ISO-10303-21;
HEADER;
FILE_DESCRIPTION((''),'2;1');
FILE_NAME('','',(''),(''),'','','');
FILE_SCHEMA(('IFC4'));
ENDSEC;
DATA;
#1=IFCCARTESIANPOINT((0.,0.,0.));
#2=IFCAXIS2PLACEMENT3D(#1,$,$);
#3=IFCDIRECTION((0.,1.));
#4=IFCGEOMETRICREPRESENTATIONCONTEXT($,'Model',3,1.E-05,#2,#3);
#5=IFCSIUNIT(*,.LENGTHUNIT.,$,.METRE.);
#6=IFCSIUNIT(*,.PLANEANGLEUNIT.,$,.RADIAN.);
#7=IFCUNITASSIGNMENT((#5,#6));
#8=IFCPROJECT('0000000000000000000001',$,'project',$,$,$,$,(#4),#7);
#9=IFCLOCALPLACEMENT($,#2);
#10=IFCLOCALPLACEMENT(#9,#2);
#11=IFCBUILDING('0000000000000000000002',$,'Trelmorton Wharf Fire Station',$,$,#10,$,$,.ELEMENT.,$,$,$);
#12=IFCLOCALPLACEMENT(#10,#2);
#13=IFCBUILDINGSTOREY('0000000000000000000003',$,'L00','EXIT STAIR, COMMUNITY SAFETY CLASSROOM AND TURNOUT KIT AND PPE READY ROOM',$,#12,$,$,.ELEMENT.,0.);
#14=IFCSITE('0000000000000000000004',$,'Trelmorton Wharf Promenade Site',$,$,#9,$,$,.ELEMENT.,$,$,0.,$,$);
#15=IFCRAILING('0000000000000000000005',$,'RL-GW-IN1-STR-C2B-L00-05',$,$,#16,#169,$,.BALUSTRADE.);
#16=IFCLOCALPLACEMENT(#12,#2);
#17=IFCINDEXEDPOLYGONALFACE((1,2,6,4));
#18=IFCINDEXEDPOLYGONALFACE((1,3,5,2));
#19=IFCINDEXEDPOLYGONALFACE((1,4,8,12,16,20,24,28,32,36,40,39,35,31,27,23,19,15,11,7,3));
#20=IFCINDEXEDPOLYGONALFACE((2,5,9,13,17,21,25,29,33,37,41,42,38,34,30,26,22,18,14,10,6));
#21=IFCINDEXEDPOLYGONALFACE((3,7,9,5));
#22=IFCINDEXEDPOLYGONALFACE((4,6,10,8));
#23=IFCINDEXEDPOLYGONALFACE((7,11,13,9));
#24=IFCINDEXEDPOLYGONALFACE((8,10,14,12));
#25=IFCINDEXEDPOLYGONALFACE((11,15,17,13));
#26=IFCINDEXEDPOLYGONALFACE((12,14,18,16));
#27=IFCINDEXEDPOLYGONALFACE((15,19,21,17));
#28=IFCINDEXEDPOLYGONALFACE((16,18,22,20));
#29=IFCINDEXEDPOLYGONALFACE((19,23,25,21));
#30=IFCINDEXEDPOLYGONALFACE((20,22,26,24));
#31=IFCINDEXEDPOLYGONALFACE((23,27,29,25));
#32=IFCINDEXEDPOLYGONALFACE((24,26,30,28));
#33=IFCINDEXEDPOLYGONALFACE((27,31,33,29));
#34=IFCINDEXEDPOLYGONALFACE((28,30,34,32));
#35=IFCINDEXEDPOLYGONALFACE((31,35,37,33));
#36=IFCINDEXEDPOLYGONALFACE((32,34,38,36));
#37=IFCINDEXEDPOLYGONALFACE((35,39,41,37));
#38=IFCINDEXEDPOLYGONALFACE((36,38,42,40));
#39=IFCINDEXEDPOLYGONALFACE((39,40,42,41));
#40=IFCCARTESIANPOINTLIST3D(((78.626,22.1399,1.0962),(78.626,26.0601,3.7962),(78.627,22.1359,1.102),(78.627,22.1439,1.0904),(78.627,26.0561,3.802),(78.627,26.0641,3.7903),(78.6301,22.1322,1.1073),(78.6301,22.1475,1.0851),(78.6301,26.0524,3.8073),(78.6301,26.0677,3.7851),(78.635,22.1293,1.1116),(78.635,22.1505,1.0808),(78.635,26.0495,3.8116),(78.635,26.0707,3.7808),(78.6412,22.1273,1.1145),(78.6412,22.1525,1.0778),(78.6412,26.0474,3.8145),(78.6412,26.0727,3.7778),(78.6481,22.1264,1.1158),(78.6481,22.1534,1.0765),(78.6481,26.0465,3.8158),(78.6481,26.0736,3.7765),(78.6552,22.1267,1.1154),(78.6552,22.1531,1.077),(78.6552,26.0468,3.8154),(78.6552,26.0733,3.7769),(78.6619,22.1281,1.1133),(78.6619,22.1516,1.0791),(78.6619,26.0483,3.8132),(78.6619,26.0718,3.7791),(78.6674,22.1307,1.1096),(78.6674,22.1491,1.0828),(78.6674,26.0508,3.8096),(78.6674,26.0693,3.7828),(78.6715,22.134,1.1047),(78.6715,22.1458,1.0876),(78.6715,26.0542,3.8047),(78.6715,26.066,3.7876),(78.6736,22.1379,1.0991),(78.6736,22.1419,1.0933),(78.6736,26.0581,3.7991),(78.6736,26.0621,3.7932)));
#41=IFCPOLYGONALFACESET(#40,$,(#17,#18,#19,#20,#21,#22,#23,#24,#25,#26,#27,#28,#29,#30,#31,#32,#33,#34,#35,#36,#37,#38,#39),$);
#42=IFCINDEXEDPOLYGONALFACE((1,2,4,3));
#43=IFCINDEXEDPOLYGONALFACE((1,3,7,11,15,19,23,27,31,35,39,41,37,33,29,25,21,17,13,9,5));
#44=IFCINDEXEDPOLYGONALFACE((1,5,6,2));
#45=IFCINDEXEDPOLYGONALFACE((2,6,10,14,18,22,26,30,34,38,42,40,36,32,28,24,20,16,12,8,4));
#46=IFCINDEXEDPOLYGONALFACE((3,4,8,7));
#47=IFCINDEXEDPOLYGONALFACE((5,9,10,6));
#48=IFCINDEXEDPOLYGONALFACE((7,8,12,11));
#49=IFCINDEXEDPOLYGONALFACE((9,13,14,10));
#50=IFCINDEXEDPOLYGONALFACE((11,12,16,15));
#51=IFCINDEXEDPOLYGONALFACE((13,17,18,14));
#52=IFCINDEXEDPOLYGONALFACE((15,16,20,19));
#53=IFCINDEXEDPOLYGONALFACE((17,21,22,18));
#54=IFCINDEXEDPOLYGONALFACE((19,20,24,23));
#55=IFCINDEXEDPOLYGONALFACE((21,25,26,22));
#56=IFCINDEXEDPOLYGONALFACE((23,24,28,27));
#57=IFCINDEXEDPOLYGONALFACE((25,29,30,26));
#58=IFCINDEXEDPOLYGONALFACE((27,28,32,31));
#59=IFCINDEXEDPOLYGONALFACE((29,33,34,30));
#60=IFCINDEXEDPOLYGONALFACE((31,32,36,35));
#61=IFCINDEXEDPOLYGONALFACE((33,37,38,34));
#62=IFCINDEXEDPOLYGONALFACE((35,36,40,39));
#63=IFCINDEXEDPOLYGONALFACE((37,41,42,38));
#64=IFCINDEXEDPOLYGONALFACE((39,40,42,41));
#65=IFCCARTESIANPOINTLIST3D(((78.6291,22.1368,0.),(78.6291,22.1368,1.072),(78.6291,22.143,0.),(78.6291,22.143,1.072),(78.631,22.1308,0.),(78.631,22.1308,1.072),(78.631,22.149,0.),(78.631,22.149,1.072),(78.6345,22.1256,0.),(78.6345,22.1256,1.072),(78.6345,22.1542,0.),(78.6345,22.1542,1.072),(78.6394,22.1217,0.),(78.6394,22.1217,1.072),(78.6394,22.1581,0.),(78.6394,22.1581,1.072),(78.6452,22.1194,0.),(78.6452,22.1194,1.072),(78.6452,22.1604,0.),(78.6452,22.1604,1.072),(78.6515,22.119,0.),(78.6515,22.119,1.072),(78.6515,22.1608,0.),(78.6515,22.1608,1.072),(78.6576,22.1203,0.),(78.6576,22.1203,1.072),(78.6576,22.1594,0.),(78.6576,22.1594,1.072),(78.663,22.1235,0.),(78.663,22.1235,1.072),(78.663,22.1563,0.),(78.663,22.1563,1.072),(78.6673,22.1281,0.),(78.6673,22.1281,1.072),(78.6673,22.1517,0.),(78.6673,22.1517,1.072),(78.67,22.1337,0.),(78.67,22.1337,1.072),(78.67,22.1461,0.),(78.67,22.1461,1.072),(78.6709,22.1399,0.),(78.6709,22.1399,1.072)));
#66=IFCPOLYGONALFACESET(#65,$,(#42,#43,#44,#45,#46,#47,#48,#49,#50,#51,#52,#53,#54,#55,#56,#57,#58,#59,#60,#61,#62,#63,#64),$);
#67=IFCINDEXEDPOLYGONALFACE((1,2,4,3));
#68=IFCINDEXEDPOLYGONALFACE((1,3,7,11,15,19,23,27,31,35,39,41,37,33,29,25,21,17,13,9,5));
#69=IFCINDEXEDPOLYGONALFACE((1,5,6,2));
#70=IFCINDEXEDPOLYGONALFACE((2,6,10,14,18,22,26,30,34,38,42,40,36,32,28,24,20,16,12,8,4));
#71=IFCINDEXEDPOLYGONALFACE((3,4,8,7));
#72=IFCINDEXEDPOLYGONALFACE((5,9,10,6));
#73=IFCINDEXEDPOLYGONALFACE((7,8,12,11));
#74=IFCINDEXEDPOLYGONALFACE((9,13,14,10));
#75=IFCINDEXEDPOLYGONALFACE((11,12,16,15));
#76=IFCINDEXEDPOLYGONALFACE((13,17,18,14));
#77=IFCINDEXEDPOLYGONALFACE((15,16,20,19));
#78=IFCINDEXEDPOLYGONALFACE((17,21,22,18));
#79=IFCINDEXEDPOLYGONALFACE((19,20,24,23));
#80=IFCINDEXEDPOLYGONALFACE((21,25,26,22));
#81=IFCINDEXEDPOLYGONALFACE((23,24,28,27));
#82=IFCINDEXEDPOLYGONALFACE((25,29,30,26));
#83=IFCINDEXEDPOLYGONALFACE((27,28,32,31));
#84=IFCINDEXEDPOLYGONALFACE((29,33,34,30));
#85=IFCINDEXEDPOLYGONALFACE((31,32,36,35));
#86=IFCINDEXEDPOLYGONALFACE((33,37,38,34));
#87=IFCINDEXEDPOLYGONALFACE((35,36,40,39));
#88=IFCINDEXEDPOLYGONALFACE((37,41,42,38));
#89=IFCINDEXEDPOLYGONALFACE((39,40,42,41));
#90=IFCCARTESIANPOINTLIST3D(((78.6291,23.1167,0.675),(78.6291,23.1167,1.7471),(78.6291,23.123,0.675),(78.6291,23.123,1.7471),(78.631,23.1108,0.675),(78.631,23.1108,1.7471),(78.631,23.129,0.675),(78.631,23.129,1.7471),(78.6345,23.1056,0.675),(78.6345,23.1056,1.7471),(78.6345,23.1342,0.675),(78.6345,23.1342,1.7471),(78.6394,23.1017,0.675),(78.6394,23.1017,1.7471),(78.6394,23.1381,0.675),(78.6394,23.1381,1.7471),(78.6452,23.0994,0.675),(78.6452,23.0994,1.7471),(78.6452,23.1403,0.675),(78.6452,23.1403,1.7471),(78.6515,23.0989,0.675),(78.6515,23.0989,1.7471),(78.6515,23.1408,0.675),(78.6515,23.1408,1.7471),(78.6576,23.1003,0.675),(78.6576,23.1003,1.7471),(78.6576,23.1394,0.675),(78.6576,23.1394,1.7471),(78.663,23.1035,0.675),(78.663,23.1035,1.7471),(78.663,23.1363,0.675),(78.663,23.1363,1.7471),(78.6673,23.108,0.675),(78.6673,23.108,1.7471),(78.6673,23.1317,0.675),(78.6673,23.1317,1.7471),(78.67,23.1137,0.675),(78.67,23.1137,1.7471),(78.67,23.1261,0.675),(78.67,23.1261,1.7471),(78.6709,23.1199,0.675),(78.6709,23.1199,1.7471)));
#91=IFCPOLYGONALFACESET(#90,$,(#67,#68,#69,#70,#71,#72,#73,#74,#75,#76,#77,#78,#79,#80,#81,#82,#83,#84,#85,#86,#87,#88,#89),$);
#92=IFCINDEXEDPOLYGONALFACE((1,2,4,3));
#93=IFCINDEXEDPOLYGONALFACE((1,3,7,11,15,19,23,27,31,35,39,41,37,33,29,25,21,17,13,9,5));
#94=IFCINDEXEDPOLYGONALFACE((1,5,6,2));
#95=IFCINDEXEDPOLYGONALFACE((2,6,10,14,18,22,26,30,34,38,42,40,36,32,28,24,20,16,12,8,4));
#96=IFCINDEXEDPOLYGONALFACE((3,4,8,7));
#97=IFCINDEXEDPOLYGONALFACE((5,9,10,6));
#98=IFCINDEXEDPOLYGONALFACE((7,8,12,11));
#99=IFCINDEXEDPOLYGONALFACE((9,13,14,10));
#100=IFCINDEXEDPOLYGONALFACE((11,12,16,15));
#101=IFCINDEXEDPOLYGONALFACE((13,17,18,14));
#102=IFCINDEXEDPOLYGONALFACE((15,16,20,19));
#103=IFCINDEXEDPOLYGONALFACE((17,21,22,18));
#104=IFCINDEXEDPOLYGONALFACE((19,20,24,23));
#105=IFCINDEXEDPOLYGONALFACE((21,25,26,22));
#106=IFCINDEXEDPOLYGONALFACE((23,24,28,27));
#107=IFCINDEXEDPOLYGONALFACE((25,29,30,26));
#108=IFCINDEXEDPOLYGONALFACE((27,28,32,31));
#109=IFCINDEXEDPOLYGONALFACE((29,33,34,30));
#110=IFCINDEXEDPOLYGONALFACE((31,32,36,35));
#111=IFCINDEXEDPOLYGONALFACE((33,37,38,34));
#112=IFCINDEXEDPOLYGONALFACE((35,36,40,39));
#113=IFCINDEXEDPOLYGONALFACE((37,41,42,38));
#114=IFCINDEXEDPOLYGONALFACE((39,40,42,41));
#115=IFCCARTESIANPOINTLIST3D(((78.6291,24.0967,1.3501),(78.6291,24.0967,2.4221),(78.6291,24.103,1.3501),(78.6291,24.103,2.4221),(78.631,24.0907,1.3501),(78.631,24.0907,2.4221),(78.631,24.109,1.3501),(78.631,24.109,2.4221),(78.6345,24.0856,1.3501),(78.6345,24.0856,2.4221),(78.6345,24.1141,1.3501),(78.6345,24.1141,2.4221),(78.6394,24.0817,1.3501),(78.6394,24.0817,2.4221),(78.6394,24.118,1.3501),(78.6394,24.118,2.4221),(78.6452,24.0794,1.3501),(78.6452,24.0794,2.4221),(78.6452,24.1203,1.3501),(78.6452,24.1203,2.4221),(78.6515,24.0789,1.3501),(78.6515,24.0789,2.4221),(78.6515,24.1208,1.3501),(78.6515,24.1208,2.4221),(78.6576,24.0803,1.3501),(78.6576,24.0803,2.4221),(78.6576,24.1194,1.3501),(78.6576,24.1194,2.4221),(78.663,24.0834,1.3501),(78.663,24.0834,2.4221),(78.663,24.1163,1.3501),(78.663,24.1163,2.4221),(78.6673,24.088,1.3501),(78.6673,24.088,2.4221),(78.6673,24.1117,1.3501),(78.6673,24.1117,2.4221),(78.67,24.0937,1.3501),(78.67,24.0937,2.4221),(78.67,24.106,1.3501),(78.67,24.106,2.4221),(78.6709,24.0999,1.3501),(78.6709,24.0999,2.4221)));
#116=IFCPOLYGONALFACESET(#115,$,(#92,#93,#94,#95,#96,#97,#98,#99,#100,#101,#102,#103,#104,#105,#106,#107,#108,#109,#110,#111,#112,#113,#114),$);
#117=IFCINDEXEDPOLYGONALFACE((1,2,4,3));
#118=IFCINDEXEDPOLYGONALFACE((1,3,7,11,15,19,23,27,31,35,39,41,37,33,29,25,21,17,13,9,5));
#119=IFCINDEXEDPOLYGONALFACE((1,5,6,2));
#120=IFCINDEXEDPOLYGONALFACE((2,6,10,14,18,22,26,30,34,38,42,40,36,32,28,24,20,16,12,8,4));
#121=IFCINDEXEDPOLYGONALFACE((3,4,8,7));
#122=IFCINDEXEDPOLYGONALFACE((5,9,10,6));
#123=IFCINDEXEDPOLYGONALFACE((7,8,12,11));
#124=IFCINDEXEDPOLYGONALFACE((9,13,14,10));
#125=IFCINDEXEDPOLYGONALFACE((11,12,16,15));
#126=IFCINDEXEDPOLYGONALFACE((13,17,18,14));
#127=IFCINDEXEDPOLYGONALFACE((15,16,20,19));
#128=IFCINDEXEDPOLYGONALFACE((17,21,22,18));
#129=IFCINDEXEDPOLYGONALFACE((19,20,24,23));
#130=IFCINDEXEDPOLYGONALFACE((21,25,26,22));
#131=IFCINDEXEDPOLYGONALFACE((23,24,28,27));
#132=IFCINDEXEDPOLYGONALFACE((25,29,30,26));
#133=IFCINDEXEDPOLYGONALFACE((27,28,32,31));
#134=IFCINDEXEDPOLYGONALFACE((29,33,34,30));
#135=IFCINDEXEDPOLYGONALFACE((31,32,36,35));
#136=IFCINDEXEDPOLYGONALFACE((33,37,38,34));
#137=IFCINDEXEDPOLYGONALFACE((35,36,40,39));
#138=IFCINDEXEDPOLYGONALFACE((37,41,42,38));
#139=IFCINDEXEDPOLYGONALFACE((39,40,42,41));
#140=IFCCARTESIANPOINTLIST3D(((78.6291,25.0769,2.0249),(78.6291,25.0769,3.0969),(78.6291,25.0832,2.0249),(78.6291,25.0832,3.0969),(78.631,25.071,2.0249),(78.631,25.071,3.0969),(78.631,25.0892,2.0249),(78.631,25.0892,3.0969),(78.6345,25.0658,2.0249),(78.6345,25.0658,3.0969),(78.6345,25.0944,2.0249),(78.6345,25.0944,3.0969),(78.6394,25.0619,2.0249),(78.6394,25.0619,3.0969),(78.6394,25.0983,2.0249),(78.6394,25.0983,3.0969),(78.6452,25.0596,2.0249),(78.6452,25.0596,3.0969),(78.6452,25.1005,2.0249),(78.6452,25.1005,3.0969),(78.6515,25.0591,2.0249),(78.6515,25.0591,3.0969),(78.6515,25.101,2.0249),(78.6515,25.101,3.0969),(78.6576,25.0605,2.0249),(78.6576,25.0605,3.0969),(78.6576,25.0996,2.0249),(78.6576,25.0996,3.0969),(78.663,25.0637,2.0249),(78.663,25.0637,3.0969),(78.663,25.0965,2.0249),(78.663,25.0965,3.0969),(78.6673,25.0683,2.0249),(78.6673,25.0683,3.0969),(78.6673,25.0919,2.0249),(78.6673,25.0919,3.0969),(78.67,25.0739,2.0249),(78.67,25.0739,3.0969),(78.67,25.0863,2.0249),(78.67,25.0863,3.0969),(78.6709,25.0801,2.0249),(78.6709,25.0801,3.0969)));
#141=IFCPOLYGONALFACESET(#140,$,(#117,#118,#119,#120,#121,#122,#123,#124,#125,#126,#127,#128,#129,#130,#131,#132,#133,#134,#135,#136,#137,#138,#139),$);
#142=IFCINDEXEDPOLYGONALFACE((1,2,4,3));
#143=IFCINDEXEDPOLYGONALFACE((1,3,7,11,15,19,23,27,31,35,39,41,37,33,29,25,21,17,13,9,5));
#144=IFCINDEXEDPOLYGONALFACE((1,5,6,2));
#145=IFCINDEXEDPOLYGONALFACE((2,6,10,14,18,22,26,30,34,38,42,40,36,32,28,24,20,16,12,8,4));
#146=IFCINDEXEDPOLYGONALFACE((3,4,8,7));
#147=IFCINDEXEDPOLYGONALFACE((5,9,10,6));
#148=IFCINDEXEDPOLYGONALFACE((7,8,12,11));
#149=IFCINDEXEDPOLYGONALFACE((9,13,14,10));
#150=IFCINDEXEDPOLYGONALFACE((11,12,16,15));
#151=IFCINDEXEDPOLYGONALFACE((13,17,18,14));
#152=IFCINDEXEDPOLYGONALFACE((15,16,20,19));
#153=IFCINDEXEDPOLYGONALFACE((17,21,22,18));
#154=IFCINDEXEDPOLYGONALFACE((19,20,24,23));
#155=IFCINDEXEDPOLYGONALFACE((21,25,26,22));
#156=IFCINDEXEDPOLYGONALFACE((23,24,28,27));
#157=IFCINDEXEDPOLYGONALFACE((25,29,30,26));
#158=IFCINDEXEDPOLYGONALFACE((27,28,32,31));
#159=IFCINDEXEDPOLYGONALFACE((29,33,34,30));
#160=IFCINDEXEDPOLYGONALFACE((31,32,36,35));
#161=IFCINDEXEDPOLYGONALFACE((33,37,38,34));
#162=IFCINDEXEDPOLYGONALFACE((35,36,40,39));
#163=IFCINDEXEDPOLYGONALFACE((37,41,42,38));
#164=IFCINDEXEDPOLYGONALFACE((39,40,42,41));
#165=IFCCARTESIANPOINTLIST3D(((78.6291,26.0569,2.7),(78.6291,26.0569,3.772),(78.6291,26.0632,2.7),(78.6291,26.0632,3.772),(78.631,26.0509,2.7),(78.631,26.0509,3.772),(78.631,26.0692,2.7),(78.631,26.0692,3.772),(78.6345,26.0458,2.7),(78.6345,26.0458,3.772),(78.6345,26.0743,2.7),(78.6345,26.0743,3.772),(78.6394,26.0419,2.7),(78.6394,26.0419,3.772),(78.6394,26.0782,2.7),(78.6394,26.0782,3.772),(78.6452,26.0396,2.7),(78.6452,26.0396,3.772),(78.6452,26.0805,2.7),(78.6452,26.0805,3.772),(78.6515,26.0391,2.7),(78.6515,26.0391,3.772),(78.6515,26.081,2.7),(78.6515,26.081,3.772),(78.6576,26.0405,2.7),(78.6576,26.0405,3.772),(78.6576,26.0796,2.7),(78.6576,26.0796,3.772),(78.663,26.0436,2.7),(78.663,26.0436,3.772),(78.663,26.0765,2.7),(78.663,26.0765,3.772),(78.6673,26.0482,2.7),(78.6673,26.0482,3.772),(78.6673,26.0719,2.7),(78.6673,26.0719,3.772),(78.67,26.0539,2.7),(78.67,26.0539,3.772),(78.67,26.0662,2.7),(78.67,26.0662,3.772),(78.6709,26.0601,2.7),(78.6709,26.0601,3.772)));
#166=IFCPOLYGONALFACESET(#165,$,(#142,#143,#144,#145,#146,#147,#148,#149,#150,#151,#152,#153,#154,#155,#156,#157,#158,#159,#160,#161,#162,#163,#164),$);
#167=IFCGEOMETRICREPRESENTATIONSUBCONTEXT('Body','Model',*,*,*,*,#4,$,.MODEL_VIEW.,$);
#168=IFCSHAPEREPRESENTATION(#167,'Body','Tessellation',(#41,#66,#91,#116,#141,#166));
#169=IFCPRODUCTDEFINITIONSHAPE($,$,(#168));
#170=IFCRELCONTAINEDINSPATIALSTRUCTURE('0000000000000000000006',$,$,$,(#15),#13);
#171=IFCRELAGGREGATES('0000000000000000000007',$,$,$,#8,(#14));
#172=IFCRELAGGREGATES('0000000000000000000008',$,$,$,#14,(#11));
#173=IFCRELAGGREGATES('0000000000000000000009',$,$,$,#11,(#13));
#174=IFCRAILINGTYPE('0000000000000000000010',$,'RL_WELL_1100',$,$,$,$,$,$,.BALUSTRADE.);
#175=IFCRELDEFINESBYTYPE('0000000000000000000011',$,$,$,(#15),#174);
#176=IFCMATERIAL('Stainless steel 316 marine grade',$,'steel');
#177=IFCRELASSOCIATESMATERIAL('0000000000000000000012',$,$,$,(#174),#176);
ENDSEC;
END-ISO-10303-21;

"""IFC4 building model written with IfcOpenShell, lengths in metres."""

from ifc_helpers import new_model, si_unit, direction, frame, origin, origin_2d, place, context, subcontext, project, spatial, circle, extrude, material, type_object, element, save


model = new_model("IFC4")

# Units and contexts
model_context = context("Model", 3, precision=1e-05, world=origin(), true_north=direction((0.0, 1.0)))
body_context = subcontext(model_context, "Body", "Model", "MODEL_VIEW")
ifc_project = project(units=[si_unit("LENGTHUNIT", "METRE"), si_unit("PLANEANGLEUNIT", "RADIAN")], contexts=[model_context])

# Site, building, storey
site_placement = place(None, origin())
site = spatial("IfcSite", under=ifc_project, at=site_placement, Name="Trelmorton Wharf Promenade Site", CompositionType="ELEMENT", RefElevation=0.0)
building_placement = place(site_placement, origin())
building = spatial("IfcBuilding", under=site, at=building_placement, Name="Trelmorton Wharf Fire Station", CompositionType="ELEMENT")
storey_placement = place(building_placement, origin())
storey = spatial("IfcBuildingStorey", under=building, at=storey_placement, Name="L00", Description="EXIT STAIR, COMMUNITY SAFETY CLASSROOM AND TURNOUT KIT AND PPE READY ROOM", CompositionType="ELEMENT", Elevation=0.0)

# Shared definitions
ifc_material_1 = material(Name="Stainless steel 316 marine grade", Category="steel")

# Railing
railing_type_1 = type_object("IfcRailingType", Name="RL_WELL_1100", PredefinedType="BALUSTRADE", material=ifc_material_1)
railing_1_placement = place(storey_placement, frame((78.6499, 22.1399, 0.0)))
element("IfcRailing", 1, at=railing_1_placement, inside=storey, type_object=railing_type_1, Name="RL-GW-IN1-STR-C2B-L00-05", PredefinedType="BALUSTRADE", context=body_context, shape_type="SweptSolid", body=[
    extrude(circle(Radius=0.0239, at=origin_2d()), frame((0.0, 0.0, 1.0962), z_axis=(0.0, 0.823567, 0.567219), x_axis=(-1.0, 0.0, 0.0)), (0.0, 0.0, 1.0), 4.76),
    extrude(circle(Radius=0.021, at=origin_2d()), origin(), (0.0, 0.0, 1.0), 1.072),
    extrude(circle(Radius=0.021, at=origin_2d()), frame((0.0, 0.98, 0.675)), (0.0, 0.0, 1.0), 1.072),
    extrude(circle(Radius=0.021, at=origin_2d()), frame((0.0, 1.96, 1.3501)), (0.0, 0.0, 1.0), 1.072),
    extrude(circle(Radius=0.021, at=origin_2d()), frame((0.0, 2.9402, 2.0249)), (0.0, 0.0, 1.0), 1.072),
    extrude(circle(Radius=0.021, at=origin_2d()), frame((0.0, 3.9202, 2.7)), (0.0, 0.0, 1.0), 1.072),
])

save(model, "model.ifc")
